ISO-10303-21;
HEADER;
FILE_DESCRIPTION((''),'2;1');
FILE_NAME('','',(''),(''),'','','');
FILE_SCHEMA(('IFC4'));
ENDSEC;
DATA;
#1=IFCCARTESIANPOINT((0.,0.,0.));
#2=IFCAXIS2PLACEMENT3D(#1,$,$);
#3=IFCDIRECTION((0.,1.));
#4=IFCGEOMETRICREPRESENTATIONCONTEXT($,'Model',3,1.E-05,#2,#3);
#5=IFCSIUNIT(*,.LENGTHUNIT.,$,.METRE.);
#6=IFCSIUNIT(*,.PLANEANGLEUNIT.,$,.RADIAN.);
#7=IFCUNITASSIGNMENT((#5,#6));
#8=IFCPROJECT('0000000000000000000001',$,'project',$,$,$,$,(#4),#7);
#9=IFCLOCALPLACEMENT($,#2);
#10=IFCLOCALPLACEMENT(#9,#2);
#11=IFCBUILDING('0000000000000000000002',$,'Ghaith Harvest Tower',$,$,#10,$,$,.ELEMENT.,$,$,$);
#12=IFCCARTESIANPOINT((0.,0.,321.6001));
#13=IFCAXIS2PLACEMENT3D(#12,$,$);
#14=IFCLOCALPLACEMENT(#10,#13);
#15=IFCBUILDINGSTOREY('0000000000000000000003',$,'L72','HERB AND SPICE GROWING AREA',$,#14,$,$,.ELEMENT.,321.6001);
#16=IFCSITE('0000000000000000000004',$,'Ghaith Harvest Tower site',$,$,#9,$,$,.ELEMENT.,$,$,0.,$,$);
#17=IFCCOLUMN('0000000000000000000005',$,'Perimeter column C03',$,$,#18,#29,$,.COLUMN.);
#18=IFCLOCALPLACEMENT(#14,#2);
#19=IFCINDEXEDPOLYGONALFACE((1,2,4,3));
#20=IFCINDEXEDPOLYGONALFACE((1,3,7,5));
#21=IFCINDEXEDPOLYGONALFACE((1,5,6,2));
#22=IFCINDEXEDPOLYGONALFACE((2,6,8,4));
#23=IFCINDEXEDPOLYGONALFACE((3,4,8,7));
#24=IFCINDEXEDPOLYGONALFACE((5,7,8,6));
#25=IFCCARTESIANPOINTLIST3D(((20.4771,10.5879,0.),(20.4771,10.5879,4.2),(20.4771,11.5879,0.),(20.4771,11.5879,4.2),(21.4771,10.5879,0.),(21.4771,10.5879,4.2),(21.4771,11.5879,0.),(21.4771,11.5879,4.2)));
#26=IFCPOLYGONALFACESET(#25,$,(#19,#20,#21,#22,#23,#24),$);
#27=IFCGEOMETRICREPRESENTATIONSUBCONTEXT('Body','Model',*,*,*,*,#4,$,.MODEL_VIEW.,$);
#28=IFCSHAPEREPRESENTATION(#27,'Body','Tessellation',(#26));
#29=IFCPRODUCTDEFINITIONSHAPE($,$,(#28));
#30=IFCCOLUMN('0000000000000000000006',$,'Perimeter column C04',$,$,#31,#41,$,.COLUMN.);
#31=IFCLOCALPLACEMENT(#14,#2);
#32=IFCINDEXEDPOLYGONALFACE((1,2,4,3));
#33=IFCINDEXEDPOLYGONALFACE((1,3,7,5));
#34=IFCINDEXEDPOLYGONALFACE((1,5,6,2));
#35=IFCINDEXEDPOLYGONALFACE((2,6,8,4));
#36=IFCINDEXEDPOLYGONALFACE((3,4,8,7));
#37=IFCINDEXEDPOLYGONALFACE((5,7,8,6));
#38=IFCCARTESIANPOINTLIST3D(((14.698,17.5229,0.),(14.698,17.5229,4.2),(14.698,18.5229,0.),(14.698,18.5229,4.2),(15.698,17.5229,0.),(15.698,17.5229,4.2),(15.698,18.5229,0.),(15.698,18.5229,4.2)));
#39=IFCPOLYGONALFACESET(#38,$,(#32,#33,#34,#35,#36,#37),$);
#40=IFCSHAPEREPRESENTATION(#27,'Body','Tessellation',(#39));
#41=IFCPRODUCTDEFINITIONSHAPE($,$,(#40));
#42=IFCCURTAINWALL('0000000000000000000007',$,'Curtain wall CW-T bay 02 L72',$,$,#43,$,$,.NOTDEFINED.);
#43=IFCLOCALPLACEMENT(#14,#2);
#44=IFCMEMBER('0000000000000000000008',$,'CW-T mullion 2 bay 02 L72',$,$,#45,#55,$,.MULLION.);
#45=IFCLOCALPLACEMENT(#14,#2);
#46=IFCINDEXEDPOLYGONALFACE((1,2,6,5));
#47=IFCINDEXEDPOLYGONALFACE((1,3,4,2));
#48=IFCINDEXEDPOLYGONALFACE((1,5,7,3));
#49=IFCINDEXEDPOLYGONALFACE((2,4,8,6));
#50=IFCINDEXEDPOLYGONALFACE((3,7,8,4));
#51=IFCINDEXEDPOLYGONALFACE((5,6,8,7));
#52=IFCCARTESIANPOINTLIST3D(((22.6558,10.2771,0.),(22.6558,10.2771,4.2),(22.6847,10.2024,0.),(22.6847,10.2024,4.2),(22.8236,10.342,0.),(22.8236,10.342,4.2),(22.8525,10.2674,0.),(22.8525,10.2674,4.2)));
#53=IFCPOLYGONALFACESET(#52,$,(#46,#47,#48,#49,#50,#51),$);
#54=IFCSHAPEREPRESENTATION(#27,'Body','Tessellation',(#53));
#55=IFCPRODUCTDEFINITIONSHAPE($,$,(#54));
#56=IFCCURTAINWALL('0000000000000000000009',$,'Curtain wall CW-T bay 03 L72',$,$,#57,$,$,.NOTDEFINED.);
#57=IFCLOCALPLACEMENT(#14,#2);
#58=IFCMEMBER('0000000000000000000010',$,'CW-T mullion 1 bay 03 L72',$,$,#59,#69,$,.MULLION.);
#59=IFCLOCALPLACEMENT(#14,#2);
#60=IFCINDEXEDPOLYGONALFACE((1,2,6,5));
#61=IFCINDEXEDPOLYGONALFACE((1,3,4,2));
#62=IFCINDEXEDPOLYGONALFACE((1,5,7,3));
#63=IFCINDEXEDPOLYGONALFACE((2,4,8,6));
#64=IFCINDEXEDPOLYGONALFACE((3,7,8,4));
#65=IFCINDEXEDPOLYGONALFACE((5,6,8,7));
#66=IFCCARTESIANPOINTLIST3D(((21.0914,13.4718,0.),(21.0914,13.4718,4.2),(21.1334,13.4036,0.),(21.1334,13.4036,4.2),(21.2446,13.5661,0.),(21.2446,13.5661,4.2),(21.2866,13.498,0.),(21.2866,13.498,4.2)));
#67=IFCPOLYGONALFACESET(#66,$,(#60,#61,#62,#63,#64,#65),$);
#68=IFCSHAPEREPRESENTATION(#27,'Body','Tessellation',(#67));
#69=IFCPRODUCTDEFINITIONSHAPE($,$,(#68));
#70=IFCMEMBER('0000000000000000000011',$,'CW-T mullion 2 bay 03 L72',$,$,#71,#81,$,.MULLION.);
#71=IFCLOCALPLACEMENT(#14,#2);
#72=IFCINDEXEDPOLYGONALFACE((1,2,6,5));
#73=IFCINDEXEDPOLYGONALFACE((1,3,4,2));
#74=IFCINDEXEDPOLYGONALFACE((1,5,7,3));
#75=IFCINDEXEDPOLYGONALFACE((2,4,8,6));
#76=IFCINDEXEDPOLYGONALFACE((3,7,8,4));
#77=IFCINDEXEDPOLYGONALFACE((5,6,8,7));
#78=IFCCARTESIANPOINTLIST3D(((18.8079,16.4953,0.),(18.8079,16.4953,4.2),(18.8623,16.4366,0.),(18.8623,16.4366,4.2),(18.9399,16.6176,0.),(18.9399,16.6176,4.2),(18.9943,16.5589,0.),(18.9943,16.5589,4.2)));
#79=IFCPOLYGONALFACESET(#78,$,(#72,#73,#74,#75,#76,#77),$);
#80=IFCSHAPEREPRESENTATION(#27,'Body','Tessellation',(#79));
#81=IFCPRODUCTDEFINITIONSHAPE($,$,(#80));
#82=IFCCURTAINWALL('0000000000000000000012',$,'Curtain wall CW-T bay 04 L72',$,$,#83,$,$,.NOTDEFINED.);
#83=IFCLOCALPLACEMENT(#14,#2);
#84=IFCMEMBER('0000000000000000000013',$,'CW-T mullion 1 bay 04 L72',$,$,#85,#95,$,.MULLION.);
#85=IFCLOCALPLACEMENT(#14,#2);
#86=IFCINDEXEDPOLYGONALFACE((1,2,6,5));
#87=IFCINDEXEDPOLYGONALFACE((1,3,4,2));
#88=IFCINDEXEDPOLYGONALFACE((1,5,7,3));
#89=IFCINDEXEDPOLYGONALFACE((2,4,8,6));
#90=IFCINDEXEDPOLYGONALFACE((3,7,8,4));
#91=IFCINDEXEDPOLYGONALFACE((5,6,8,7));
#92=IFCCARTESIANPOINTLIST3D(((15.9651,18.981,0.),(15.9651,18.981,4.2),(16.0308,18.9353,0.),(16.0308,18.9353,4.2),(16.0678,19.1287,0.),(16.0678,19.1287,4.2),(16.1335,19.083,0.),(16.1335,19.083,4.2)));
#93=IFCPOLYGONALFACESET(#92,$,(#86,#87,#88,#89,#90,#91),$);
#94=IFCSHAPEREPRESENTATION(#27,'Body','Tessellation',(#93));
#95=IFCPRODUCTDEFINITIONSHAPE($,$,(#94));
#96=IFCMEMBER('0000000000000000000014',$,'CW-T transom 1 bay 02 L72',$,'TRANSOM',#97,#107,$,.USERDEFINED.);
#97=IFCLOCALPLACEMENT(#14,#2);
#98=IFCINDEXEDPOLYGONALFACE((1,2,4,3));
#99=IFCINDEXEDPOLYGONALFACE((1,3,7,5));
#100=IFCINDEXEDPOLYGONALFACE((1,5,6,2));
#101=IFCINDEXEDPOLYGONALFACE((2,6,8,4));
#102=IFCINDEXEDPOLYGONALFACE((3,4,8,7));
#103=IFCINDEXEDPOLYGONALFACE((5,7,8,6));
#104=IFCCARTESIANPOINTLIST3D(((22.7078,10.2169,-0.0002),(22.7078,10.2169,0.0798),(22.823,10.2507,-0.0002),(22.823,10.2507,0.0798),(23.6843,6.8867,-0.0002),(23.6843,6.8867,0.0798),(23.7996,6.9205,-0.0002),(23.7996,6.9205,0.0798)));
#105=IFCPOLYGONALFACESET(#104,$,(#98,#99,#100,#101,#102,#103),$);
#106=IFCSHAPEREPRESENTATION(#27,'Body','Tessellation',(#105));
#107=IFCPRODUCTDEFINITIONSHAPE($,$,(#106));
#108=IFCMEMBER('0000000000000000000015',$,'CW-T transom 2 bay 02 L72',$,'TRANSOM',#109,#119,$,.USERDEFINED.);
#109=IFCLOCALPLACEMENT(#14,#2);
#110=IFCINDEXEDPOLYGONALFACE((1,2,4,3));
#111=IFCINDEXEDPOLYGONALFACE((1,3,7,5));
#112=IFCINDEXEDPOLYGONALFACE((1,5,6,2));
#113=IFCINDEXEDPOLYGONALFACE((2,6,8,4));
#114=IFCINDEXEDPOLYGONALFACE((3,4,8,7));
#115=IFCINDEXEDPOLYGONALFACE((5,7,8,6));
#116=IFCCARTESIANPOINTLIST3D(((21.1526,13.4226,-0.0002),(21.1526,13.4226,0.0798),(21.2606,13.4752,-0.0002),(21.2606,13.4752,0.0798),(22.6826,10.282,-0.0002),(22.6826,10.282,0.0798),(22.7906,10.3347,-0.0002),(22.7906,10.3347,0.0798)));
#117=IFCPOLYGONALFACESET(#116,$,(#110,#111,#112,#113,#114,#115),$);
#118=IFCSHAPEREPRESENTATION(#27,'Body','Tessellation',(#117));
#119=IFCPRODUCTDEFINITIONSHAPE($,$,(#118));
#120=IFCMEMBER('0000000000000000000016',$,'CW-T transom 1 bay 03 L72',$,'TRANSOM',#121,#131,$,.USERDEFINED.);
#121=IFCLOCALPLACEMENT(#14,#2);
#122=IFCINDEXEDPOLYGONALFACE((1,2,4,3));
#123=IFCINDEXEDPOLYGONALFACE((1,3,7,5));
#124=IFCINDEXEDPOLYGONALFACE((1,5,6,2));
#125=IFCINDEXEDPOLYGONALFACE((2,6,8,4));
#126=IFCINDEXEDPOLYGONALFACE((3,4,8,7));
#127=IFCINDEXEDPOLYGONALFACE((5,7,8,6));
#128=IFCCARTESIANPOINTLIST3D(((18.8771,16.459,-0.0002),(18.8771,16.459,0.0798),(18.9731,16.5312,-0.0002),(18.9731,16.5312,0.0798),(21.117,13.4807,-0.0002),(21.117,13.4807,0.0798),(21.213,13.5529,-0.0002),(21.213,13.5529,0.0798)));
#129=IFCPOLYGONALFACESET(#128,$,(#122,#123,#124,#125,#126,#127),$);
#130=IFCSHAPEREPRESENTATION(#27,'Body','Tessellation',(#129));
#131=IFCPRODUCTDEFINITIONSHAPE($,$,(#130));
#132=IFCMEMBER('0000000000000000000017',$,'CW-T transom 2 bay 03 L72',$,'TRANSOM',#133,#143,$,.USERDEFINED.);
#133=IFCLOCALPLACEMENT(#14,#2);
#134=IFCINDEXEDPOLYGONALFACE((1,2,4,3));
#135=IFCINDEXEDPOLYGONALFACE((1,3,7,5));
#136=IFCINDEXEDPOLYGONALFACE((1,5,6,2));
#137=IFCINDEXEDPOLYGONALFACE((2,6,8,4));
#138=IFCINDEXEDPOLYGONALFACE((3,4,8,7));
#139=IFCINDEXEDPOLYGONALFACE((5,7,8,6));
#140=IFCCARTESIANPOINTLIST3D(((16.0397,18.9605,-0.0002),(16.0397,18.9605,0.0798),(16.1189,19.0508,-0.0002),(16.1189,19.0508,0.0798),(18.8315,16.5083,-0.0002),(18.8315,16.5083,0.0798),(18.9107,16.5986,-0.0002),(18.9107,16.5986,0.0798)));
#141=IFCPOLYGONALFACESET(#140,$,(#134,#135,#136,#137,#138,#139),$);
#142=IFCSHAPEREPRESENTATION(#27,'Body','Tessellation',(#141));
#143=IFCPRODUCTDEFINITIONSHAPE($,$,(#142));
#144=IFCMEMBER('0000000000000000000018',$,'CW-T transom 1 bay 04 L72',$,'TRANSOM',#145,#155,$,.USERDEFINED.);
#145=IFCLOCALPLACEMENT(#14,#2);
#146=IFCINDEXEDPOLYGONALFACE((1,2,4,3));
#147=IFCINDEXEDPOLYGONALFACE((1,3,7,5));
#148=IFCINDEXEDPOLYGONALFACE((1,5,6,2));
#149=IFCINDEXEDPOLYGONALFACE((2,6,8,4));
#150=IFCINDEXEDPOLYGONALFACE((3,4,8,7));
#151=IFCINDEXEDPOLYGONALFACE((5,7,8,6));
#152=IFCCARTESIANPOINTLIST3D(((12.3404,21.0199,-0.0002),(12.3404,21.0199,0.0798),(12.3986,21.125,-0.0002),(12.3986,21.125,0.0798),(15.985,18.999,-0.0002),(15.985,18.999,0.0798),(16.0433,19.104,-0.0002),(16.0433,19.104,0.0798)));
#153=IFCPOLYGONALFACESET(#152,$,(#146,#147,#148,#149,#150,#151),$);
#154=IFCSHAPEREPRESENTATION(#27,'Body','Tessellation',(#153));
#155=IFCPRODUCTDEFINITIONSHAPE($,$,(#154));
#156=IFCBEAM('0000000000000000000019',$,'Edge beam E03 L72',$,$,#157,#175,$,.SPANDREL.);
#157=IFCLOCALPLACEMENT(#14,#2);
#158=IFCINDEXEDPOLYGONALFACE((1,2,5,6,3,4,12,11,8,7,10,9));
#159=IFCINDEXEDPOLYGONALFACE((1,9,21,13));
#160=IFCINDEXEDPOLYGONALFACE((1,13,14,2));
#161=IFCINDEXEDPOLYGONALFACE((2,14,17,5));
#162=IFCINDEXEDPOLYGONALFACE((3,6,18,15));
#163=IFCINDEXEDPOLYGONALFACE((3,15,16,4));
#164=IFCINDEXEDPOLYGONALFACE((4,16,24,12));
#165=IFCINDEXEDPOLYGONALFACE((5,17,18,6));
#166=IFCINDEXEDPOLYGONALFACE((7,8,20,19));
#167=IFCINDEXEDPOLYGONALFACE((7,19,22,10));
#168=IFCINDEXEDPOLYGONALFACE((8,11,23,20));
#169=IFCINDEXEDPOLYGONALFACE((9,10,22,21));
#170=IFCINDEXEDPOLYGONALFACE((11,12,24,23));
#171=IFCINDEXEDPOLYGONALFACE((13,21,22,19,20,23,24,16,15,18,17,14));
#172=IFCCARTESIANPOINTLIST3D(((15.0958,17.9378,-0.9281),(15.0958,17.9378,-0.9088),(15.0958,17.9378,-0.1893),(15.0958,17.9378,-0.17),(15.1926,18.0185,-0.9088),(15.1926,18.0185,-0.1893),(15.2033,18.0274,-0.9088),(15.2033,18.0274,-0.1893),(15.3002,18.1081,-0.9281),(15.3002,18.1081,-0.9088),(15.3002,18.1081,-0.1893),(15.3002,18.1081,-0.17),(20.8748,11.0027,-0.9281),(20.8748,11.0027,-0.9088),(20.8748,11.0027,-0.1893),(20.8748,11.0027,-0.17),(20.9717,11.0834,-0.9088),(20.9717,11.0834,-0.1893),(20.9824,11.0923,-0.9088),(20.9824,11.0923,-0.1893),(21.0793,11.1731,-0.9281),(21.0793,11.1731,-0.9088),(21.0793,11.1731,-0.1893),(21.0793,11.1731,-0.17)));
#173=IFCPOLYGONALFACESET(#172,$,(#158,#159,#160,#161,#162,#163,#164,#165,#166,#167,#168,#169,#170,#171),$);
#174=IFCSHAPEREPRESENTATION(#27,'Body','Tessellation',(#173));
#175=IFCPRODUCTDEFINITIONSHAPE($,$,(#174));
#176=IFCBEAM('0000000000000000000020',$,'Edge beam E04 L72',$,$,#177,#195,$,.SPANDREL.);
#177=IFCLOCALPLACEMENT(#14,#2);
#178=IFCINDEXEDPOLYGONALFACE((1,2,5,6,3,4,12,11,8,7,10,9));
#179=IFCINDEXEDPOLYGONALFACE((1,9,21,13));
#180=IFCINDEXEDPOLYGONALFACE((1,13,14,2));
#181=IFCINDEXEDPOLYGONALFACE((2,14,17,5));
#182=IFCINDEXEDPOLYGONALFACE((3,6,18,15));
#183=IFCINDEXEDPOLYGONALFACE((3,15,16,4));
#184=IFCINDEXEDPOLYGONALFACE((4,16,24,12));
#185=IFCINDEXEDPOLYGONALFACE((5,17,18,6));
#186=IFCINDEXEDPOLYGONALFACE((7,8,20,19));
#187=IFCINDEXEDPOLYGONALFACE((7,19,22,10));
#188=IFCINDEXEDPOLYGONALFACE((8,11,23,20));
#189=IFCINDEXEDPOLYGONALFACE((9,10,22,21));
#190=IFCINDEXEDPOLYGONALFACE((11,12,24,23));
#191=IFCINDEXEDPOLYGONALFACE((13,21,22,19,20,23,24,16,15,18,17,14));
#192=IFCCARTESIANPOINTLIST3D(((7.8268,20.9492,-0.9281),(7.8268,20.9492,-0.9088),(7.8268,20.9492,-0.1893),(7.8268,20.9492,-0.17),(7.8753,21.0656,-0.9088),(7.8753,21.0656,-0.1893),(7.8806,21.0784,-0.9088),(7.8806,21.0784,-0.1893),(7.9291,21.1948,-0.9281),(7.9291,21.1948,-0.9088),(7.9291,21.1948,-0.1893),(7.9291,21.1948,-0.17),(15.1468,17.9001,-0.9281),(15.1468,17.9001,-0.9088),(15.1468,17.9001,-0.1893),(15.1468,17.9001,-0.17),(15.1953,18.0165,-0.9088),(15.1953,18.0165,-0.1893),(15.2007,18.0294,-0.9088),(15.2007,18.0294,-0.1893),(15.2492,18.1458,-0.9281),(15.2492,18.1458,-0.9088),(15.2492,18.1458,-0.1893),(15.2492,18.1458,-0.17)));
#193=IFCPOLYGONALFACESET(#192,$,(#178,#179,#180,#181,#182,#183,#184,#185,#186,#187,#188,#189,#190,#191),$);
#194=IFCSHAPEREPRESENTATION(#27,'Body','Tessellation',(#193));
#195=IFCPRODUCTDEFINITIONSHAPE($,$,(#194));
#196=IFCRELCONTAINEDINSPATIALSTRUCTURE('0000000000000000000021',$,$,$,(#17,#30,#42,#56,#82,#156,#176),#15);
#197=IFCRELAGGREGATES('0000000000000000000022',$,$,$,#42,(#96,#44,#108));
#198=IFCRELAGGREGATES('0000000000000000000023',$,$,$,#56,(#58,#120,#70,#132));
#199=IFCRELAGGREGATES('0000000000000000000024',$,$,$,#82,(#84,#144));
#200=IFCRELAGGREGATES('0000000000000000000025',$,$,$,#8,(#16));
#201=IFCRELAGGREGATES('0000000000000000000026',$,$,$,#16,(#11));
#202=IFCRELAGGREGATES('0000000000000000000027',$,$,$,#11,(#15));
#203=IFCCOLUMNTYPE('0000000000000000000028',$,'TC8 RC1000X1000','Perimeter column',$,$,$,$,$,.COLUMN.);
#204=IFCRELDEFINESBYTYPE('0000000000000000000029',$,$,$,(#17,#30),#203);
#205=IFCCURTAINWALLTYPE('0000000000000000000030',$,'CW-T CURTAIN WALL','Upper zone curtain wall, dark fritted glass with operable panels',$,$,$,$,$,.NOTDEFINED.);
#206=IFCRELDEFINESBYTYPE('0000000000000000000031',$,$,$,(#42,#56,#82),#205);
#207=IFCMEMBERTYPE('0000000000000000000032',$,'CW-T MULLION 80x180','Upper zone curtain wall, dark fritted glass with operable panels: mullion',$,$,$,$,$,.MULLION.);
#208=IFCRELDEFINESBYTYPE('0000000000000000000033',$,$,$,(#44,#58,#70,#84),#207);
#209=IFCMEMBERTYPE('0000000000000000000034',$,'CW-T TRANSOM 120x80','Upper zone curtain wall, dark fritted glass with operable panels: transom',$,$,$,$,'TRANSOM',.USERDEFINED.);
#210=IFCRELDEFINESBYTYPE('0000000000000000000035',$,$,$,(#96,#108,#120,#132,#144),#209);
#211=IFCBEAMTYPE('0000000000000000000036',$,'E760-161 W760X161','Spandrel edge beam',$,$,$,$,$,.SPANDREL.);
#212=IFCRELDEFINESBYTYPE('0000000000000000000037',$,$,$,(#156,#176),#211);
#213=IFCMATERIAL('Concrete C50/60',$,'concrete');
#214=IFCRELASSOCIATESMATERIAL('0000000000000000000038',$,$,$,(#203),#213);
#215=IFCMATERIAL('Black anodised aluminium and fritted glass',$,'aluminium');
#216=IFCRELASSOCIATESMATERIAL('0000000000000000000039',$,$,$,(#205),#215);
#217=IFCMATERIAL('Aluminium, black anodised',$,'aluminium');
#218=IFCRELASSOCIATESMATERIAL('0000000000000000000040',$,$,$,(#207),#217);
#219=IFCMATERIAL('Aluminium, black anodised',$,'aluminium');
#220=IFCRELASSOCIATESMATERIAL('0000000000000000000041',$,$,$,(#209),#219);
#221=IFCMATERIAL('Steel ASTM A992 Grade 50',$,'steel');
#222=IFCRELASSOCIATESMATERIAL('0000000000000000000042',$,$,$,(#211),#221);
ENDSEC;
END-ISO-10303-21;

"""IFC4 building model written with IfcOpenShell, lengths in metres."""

from ifc_helpers import new_model, si_unit, direction, frame, origin, origin_2d, place, context, subcontext, project, spatial, rectangle, i_section, extrude, material, material_profile, profile_set, type_object, element, aggregate, save


model = new_model("IFC4")

# Units and contexts
model_context = context("Model", 3, precision=1e-05, world=origin(), true_north=direction((0.0, 1.0)))
body_context = subcontext(model_context, "Body", "Model", "MODEL_VIEW")
ifc_project = project(units=[si_unit("LENGTHUNIT", "METRE"), si_unit("PLANEANGLEUNIT", "RADIAN")], contexts=[model_context])

# Site, building, storey
site_placement = place(None, origin())
site = spatial("IfcSite", under=ifc_project, at=site_placement, Name="Ghaith Harvest Tower site", CompositionType="ELEMENT", RefElevation=0.0)
building_placement = place(site_placement, origin())
building = spatial("IfcBuilding", under=site, at=building_placement, Name="Ghaith Harvest Tower", CompositionType="ELEMENT")
storey_placement = place(building_placement, frame((0.0, 0.0, 321.6001)))
storey = spatial("IfcBuildingStorey", under=building, at=storey_placement, Name="L72", Description="HERB AND SPICE GROWING AREA", CompositionType="ELEMENT", Elevation=321.6001)

# Columns
ifc_material_1 = material(Name="Concrete C50/60", Category="concrete")
ifc_material_profile_1 = material_profile(ifc_material_1, rectangle(XDim=1.0, YDim=1.0, at=origin_2d()), Name="RC1000X1000")
ifc_profile_set_1 = profile_set([ifc_material_profile_1], Name="Concrete C50/60")
column_type = type_object("IfcColumnType", Name="TC8 RC1000X1000", Description="Perimeter column", PredefinedType="COLUMN", material=ifc_profile_set_1)
for number, where, z_axis, x_axis, name in (
    (1, (20.9771, 11.0879, 0.0), (0.0, 0.0, 1.0), (1.0, 0.0, 0.0), "Perimeter column C03"),
    (2, (15.198, 18.0229, 0.0), (0.0, 0.0, 1.0), (1.0, 0.0, 0.0), "Perimeter column C04"),
):
    element("IfcColumn", number, at=place(storey_placement, frame(where, z_axis=z_axis, x_axis=x_axis)), inside=storey, type_object=column_type, Name=name, PredefinedType="COLUMN", context=body_context, shape_type="SweptSolid", body=[
        extrude(rectangle(XDim=1.0, YDim=1.0, at=origin_2d()), origin(), (0.0, 0.0, 1.0), 4.2),
    ])

# Curtain wall, member
ifc_material_2 = material(Name="Black anodised aluminium and fritted glass", Category="aluminium")
curtain_wall_type = type_object("IfcCurtainWallType", Name="CW-T CURTAIN WALL", Description="Upper zone curtain wall, dark fritted glass with operable panels", PredefinedType="NOTDEFINED", material=ifc_material_2)
curtain_wall_1_placement = place(storey_placement, origin())
curtain_wall_1 = element("IfcCurtainWall", 3, at=curtain_wall_1_placement, inside=storey, type_object=curtain_wall_type, Name="Curtain wall CW-T bay 02 L72", PredefinedType="NOTDEFINED")
ifc_material_3 = material(Name="Aluminium, black anodised", Category="aluminium")
ifc_material_profile_2 = material_profile(ifc_material_3, rectangle(XDim=0.0801, YDim=0.1799, at=origin_2d()), Name="CW-T MULLION 80x180")
ifc_profile_set_2 = profile_set([ifc_material_profile_2], Name="Aluminium, black anodised")
member_type_1 = type_object("IfcMemberType", Name="CW-T MULLION 80x180", Description="Upper zone curtain wall, dark fritted glass with operable panels: mullion", PredefinedType="MULLION", material=ifc_profile_set_2)
member_1_placement = place(storey_placement, frame((22.7542, 10.2722, 0.0), z_axis=(0.0, 0.0, 1.0), x_axis=(-0.361184, 0.932494, 0.0)))
member_1 = element("IfcMember", 4, at=member_1_placement, type_object=member_type_1, Name="CW-T mullion 2 bay 02 L72", PredefinedType="MULLION", context=body_context, shape_type="SweptSolid", body=[
    extrude(rectangle(XDim=0.0801, YDim=0.1799, at=origin_2d()), origin(), (0.0, 0.0, 1.0), 4.2),
])

# Curtain wall, members
curtain_wall_2_placement = place(storey_placement, origin())
curtain_wall_2 = element("IfcCurtainWall", 5, at=curtain_wall_2_placement, inside=storey, type_object=curtain_wall_type, Name="Curtain wall CW-T bay 03 L72", PredefinedType="NOTDEFINED")
member_2_placement = place(storey_placement, frame((21.189, 13.4849, 0.0), z_axis=(0.0, 0.0, 1.0), x_axis=(-0.524482, 0.851421, 0.0)))
member_2 = element("IfcMember", 6, at=member_2_placement, type_object=member_type_1, Name="CW-T mullion 1 bay 03 L72", PredefinedType="MULLION", context=body_context, shape_type="SweptSolid", body=[
    extrude(rectangle(XDim=0.0801, YDim=0.1799, at=origin_2d()), origin(), (0.0, 0.0, 1.0), 4.2),
])
member_3_placement = place(storey_placement, frame((18.9011, 16.5271, 0.0), z_axis=(0.0, 0.0, 1.0), x_axis=(-0.679661, 0.733526, 0.0)))
member_3 = element("IfcMember", 7, at=member_3_placement, type_object=member_type_1, Name="CW-T mullion 2 bay 03 L72", PredefinedType="MULLION", context=body_context, shape_type="SweptSolid", body=[
    extrude(rectangle(XDim=0.0801, YDim=0.1799, at=origin_2d()), origin(), (0.0, 0.0, 1.0), 4.2),
])

# Curtain wall, member
curtain_wall_3_placement = place(storey_placement, origin())
curtain_wall_3 = element("IfcCurtainWall", 8, at=curtain_wall_3_placement, inside=storey, type_object=curtain_wall_type, Name="Curtain wall CW-T bay 04 L72", PredefinedType="NOTDEFINED")
member_4_placement = place(storey_placement, frame((16.0493, 19.032, 0.0), z_axis=(0.0, 0.0, 1.0), x_axis=(-0.821112, 0.570767, 0.0)))
member_4 = element("IfcMember", 9, at=member_4_placement, type_object=member_type_1, Name="CW-T mullion 1 bay 04 L72", PredefinedType="MULLION", context=body_context, shape_type="SweptSolid", body=[
    extrude(rectangle(XDim=0.0801, YDim=0.1799, at=origin_2d()), origin(), (0.0, 0.0, 1.0), 4.2),
])

# Members
ifc_material_4 = material(Name="Aluminium, black anodised", Category="aluminium")
ifc_material_profile_3 = material_profile(ifc_material_4, rectangle(XDim=0.1201, YDim=0.0801, at=origin_2d()), Name="CW-T TRANSOM 120x80")
ifc_profile_set_3 = profile_set([ifc_material_profile_3], Name="Aluminium, black anodised")
member_type_2 = type_object("IfcMemberType", Name="CW-T TRANSOM 120x80", Description="Upper zone curtain wall, dark fritted glass with operable panels: transom", ElementType="TRANSOM", PredefinedType="USERDEFINED", material=ifc_profile_set_3)
member_5_placement = place(storey_placement, frame((23.7419, 6.9036, 0.0398), z_axis=(-0.281385, 0.959595, 0.0), x_axis=(-0.959595, -0.281385, 0.0)))
member_5 = element("IfcMember", 10, at=member_5_placement, type_object=member_type_2, Name="CW-T transom 1 bay 02 L72", ObjectType="TRANSOM", PredefinedType="USERDEFINED", context=body_context, shape_type="SweptSolid", body=[
    extrude(rectangle(XDim=0.1201, YDim=0.0801, at=origin_2d()), origin(), (0.0, 0.0, 1.0), 3.4705),
])
member_6_placement = place(storey_placement, frame((22.7366, 10.3083, 0.0398), z_axis=(-0.437965, 0.898992, 0.0), x_axis=(-0.898992, -0.437965, 0.0)))
member_6 = element("IfcMember", 11, at=member_6_placement, type_object=member_type_2, Name="CW-T transom 2 bay 02 L72", ObjectType="TRANSOM", PredefinedType="USERDEFINED", context=body_context, shape_type="SweptSolid", body=[
    extrude(rectangle(XDim=0.1201, YDim=0.0801, at=origin_2d()), origin(), (0.0, 0.0, 1.0), 3.4934),
])
member_7_placement = place(storey_placement, frame((21.165, 13.5168, 0.0398), z_axis=(-0.601079, 0.79919, 0.0), x_axis=(-0.79919, -0.601079, 0.0)))
member_7 = element("IfcMember", 12, at=member_7_placement, type_object=member_type_2, Name="CW-T transom 1 bay 03 L72", ObjectType="TRANSOM", PredefinedType="USERDEFINED", context=body_context, shape_type="SweptSolid", body=[
    extrude(rectangle(XDim=0.1201, YDim=0.0801, at=origin_2d()), origin(), (0.0, 0.0, 1.0), 3.7266),
])
member_8_placement = place(storey_placement, frame((18.8711, 16.5535, 0.0398), z_axis=(-0.751326, 0.659931, 0.0), x_axis=(-0.659931, -0.751326, 0.0)))
member_8 = element("IfcMember", 13, at=member_8_placement, type_object=member_type_2, Name="CW-T transom 2 bay 03 L72", ObjectType="TRANSOM", PredefinedType="USERDEFINED", context=body_context, shape_type="SweptSolid", body=[
    extrude(rectangle(XDim=0.1201, YDim=0.0801, at=origin_2d()), origin(), (0.0, 0.0, 1.0), 3.7158),
])
member_9_placement = place(storey_placement, frame((16.0142, 19.0515, 0.0398), z_axis=(-0.874552, 0.484932, 0.0), x_axis=(-0.484932, -0.874552, 0.0)))
member_9 = element("IfcMember", 14, at=member_9_placement, type_object=member_type_2, Name="CW-T transom 1 bay 04 L72", ObjectType="TRANSOM", PredefinedType="USERDEFINED", context=body_context, shape_type="SweptSolid", body=[
    extrude(rectangle(XDim=0.1201, YDim=0.0801, at=origin_2d()), origin(), (0.0, 0.0, 1.0), 4.1675),
])

# Beams
ifc_material_5 = material(Name="Steel ASTM A992 Grade 50", Category="steel")
ifc_material_profile_4 = material_profile(ifc_material_5, i_section(OverallWidth=0.2661, OverallDepth=0.7581, WebThickness=0.0139, FlangeThickness=0.0193, at=origin_2d()), Name="W760X161")
ifc_profile_set_4 = profile_set([ifc_material_profile_4], Name="Steel ASTM A992 Grade 50")
beam_type_1 = type_object("IfcBeamType", Name="E760-161 W760X161", Description="Spandrel edge beam", PredefinedType="SPANDREL", material=ifc_profile_set_4)
beam_1_placement = place(storey_placement, frame((20.9771, 11.0879, -0.5491), z_axis=(-0.640174, 0.76823, 0.0), x_axis=(-0.76823, -0.640174, 0.0)))
element("IfcBeam", 15, at=beam_1_placement, inside=storey, type_object=beam_type_1, Name="Edge beam E03 L72", PredefinedType="SPANDREL", context=body_context, shape_type="SweptSolid", body=[
    extrude(i_section(OverallWidth=0.2661, OverallDepth=0.7581, WebThickness=0.0139, FlangeThickness=0.0193, at=origin_2d()), origin(), (0.0, 0.0, 1.0), 9.0273),
])
beam_2_placement = place(storey_placement, frame((15.198, 18.0229, -0.5491), z_axis=(-0.92312, 0.384513, 0.0), x_axis=(-0.384513, -0.92312, 0.0)))
element("IfcBeam", 16, at=beam_2_placement, inside=storey, type_object=beam_type_1, Name="Edge beam E04 L72", PredefinedType="SPANDREL", context=body_context, shape_type="SweptSolid", body=[
    extrude(i_section(OverallWidth=0.2661, OverallDepth=0.7581, WebThickness=0.0139, FlangeThickness=0.0193, at=origin_2d()), origin(), (0.0, 0.0, 1.0), 7.9297),
])

aggregate(curtain_wall_1, [member_5, member_1, member_6])
aggregate(curtain_wall_2, [member_2, member_7, member_3, member_8])
aggregate(curtain_wall_3, [member_4, member_9])

save(model, "model.ifc")
